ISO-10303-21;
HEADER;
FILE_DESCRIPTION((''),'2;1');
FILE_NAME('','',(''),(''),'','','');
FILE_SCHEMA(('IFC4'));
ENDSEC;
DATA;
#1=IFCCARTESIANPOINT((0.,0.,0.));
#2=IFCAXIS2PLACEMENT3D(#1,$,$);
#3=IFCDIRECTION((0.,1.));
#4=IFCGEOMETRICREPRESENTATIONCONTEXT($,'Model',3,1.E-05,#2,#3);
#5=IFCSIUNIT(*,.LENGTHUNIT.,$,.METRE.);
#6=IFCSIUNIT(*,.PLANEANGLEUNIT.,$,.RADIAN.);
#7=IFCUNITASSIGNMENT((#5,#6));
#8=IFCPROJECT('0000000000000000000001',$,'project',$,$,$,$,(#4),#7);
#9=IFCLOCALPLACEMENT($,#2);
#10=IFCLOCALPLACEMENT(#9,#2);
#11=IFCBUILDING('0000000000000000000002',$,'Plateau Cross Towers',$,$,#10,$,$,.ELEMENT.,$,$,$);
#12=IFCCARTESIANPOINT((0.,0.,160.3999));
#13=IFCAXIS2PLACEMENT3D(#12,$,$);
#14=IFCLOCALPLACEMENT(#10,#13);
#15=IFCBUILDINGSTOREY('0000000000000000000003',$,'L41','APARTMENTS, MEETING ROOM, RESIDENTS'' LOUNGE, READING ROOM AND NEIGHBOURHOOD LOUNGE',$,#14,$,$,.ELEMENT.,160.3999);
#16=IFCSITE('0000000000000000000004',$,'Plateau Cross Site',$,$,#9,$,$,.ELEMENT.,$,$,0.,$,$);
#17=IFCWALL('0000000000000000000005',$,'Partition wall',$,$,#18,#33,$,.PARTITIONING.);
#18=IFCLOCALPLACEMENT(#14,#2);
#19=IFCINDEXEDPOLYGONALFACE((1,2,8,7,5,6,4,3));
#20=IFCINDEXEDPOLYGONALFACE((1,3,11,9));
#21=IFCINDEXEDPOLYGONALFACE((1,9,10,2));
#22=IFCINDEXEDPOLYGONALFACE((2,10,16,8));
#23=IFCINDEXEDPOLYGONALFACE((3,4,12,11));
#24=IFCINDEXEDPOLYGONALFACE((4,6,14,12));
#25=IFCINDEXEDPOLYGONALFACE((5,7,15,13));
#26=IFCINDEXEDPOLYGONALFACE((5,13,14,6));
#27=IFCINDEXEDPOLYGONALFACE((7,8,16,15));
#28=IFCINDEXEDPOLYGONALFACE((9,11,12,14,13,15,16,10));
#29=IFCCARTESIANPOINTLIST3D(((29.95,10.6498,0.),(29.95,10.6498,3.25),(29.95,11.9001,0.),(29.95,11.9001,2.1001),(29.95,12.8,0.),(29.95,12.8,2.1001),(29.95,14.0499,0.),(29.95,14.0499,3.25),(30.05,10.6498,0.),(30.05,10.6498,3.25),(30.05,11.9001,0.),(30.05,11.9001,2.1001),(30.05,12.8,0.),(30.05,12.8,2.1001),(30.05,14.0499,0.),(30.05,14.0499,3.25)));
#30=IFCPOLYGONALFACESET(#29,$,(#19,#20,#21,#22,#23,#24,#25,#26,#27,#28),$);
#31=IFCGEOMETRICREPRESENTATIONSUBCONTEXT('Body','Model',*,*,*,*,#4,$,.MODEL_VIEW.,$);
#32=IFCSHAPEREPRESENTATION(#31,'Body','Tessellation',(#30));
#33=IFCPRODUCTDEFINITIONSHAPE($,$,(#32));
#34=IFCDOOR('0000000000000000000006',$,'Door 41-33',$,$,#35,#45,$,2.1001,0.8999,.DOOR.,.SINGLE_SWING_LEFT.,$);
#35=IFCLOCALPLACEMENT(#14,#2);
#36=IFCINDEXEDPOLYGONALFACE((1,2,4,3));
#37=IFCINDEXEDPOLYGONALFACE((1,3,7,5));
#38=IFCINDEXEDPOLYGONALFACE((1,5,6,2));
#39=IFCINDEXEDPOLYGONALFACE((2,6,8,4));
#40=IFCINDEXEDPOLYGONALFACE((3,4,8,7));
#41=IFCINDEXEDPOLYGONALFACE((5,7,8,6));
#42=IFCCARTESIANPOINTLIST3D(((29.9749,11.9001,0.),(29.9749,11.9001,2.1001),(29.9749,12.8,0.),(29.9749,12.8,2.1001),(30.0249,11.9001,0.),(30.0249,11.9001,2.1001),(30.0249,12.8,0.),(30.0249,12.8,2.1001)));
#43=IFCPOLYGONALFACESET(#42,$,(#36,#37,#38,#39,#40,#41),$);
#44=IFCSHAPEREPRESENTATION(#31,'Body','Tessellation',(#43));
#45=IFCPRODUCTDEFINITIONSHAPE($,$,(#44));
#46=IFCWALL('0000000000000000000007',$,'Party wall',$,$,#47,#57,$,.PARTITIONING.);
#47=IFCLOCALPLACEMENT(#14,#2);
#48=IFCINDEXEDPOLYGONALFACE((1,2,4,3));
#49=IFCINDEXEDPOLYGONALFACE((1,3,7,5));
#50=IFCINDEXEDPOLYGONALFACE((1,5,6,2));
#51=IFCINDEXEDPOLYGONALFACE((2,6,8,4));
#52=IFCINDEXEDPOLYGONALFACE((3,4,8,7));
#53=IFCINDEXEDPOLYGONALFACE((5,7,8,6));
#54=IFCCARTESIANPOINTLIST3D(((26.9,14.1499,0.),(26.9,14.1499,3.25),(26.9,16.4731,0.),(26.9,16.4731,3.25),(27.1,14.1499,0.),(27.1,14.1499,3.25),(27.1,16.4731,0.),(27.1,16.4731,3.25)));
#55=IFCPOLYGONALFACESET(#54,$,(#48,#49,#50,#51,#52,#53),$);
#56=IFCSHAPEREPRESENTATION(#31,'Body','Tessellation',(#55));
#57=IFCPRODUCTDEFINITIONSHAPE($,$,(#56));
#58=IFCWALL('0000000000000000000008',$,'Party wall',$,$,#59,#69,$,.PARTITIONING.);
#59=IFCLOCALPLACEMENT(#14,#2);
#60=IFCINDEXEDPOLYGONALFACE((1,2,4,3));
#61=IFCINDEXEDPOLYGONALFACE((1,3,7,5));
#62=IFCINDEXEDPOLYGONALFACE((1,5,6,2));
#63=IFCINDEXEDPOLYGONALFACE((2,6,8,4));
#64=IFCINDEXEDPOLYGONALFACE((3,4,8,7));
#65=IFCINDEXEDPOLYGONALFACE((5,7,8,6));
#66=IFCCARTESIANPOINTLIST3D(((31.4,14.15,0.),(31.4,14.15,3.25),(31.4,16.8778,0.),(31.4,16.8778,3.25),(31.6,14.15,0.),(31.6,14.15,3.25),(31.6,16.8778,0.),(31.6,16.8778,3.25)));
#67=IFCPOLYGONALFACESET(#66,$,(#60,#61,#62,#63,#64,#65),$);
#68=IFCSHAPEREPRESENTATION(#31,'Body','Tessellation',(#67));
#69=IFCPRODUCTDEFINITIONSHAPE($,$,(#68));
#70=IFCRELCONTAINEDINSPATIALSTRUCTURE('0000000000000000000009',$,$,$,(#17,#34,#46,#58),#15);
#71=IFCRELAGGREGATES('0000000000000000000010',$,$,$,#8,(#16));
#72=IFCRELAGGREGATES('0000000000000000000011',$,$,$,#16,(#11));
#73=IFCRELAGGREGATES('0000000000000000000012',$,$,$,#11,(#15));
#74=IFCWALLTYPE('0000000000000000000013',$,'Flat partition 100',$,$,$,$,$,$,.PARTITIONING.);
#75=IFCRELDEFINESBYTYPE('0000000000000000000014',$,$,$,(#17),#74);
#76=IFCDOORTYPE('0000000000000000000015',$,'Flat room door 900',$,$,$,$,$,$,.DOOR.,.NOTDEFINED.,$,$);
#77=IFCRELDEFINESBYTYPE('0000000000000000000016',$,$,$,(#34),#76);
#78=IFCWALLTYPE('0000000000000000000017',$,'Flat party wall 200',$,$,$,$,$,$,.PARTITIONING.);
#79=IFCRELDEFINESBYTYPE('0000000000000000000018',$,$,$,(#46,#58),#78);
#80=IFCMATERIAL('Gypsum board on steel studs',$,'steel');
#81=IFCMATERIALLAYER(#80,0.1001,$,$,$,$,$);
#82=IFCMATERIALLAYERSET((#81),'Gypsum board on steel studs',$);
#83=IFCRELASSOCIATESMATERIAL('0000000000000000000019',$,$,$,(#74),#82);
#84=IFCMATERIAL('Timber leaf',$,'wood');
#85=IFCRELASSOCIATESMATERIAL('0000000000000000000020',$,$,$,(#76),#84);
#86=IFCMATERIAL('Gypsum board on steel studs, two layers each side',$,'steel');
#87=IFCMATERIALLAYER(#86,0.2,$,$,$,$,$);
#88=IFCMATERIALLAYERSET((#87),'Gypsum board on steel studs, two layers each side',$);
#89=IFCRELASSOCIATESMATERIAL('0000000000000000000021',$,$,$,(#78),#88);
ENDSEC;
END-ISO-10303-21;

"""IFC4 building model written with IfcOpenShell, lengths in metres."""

from ifc_helpers import new_model, si_unit, direction, frame, frame_2d, origin, place, context, subcontext, project, spatial, rectangle, extrude, material, layer, layer_set, type_object, element, fill, save


model = new_model("IFC4")

# Units and contexts
model_context = context("Model", 3, precision=1e-05, world=origin(), true_north=direction((0.0, 1.0)))
body_context = subcontext(model_context, "Body", "Model", "MODEL_VIEW")
ifc_project = project(units=[si_unit("LENGTHUNIT", "METRE"), si_unit("PLANEANGLEUNIT", "RADIAN")], contexts=[model_context])

# Site, building, storey
site_placement = place(None, origin())
site = spatial("IfcSite", under=ifc_project, at=site_placement, Name="Plateau Cross Site", CompositionType="ELEMENT", RefElevation=0.0)
building_placement = place(site_placement, origin())
building = spatial("IfcBuilding", under=site, at=building_placement, Name="Plateau Cross Towers", CompositionType="ELEMENT")
storey_placement = place(building_placement, frame((0.0, 0.0, 160.3999)))
storey = spatial("IfcBuildingStorey", under=building, at=storey_placement, Name="L41", Description="APARTMENTS, MEETING ROOM, RESIDENTS' LOUNGE, READING ROOM AND NEIGHBOURHOOD LOUNGE", CompositionType="ELEMENT", Elevation=160.3999)

# Shared definitions
ifc_material_1 = material(Name="Gypsum board on steel studs", Category="steel")
ifc_layer_1 = layer(ifc_material_1, 0.1001)
ifc_layer_set_1 = layer_set([ifc_layer_1], Name="Gypsum board on steel studs")
wall_type_1 = type_object("IfcWallType", Name="Flat partition 100", PredefinedType="PARTITIONING", material=ifc_layer_set_1)

# Shared definitions
ifc_material_2 = material(Name="Timber leaf", Category="wood")
door_type_1 = type_object("IfcDoorType", Name="Flat room door 900", OperationType="NOTDEFINED", PredefinedType="DOOR", material=ifc_material_2)

# Wall, opening, door
wall_1_placement = place(storey_placement, frame((30.0, 14.05, 0.0), z_axis=(0.0, 0.0, 1.0), x_axis=(0.0, -1.0, 0.0)))
wall_1 = element("IfcWall", 1, at=wall_1_placement, inside=storey, type_object=wall_type_1, Name="Partition wall", PredefinedType="PARTITIONING", context=body_context, shape_type="SweptSolid", body=[
    extrude(rectangle(XDim=3.4001, YDim=0.1001, at=frame_2d((1.7002, 0.0))), origin(), (0.0, 0.0, 1.0), 3.25),
])
opening_1_placement = place(wall_1_placement, frame((1.25, 0.0, 0.0)))
opening_1 = element("IfcOpeningElement", 2, at=opening_1_placement, cuts=wall_1, PredefinedType="OPENING", context=body_context, shape_type="SweptSolid", body=[
    extrude(rectangle(XDim=0.8999, YDim=2.1001, at=frame_2d((0.45, 1.05))), frame((0.0, 0.0601, 0.0), z_axis=(0.0, -1.0, 0.0), x_axis=(1.0, 0.0, 0.0)), (0.0, 0.0, 1.0), 0.1201),
])
door_1_placement = place(opening_1_placement, origin())
door_1 = element("IfcDoor", 3, at=door_1_placement, inside=storey, type_object=door_type_1, Name="Door 41-33", OperationType="SINGLE_SWING_LEFT", OverallHeight=2.1001, OverallWidth=0.8999, PredefinedType="DOOR", context=body_context, shape_type="SweptSolid", body=[
    extrude(rectangle(XDim=0.8999, YDim=2.1001, at=frame_2d((0.45, 1.05))), frame((0.0, 0.0249, 0.0), z_axis=(0.0, -1.0, 0.0), x_axis=(1.0, 0.0, 0.0)), (0.0, 0.0, 1.0), 0.05),
])
fill(opening_1, door_1)

# Walls
ifc_material_3 = material(Name="Gypsum board on steel studs, two layers each side", Category="steel")
ifc_layer_2 = layer(ifc_material_3, 0.2)
ifc_layer_set_2 = layer_set([ifc_layer_2], Name="Gypsum board on steel studs, two layers each side")
wall_type_2 = type_object("IfcWallType", Name="Flat party wall 200", PredefinedType="PARTITIONING", material=ifc_layer_set_2)
wall_2_placement = place(storey_placement, frame((27.0, 16.4731, 0.0), z_axis=(0.0, 0.0, 1.0), x_axis=(0.0, -1.0, 0.0)))
element("IfcWall", 4, at=wall_2_placement, inside=storey, type_object=wall_type_2, Name="Party wall", PredefinedType="PARTITIONING", context=body_context, shape_type="SweptSolid", body=[
    extrude(rectangle(XDim=2.3232, YDim=0.2, at=frame_2d((1.1616, 0.0))), origin(), (0.0, 0.0, 1.0), 3.25),
])
wall_3_placement = place(storey_placement, frame((31.5, 16.8777, 0.0), z_axis=(0.0, 0.0, 1.0), x_axis=(0.0, -1.0, 0.0)))
element("IfcWall", 5, at=wall_3_placement, inside=storey, type_object=wall_type_2, Name="Party wall", PredefinedType="PARTITIONING", context=body_context, shape_type="SweptSolid", body=[
    extrude(rectangle(XDim=2.7278, YDim=0.2, at=frame_2d((1.3638, 0.0))), origin(), (0.0, 0.0, 1.0), 3.25),
])

save(model, "model.ifc")
